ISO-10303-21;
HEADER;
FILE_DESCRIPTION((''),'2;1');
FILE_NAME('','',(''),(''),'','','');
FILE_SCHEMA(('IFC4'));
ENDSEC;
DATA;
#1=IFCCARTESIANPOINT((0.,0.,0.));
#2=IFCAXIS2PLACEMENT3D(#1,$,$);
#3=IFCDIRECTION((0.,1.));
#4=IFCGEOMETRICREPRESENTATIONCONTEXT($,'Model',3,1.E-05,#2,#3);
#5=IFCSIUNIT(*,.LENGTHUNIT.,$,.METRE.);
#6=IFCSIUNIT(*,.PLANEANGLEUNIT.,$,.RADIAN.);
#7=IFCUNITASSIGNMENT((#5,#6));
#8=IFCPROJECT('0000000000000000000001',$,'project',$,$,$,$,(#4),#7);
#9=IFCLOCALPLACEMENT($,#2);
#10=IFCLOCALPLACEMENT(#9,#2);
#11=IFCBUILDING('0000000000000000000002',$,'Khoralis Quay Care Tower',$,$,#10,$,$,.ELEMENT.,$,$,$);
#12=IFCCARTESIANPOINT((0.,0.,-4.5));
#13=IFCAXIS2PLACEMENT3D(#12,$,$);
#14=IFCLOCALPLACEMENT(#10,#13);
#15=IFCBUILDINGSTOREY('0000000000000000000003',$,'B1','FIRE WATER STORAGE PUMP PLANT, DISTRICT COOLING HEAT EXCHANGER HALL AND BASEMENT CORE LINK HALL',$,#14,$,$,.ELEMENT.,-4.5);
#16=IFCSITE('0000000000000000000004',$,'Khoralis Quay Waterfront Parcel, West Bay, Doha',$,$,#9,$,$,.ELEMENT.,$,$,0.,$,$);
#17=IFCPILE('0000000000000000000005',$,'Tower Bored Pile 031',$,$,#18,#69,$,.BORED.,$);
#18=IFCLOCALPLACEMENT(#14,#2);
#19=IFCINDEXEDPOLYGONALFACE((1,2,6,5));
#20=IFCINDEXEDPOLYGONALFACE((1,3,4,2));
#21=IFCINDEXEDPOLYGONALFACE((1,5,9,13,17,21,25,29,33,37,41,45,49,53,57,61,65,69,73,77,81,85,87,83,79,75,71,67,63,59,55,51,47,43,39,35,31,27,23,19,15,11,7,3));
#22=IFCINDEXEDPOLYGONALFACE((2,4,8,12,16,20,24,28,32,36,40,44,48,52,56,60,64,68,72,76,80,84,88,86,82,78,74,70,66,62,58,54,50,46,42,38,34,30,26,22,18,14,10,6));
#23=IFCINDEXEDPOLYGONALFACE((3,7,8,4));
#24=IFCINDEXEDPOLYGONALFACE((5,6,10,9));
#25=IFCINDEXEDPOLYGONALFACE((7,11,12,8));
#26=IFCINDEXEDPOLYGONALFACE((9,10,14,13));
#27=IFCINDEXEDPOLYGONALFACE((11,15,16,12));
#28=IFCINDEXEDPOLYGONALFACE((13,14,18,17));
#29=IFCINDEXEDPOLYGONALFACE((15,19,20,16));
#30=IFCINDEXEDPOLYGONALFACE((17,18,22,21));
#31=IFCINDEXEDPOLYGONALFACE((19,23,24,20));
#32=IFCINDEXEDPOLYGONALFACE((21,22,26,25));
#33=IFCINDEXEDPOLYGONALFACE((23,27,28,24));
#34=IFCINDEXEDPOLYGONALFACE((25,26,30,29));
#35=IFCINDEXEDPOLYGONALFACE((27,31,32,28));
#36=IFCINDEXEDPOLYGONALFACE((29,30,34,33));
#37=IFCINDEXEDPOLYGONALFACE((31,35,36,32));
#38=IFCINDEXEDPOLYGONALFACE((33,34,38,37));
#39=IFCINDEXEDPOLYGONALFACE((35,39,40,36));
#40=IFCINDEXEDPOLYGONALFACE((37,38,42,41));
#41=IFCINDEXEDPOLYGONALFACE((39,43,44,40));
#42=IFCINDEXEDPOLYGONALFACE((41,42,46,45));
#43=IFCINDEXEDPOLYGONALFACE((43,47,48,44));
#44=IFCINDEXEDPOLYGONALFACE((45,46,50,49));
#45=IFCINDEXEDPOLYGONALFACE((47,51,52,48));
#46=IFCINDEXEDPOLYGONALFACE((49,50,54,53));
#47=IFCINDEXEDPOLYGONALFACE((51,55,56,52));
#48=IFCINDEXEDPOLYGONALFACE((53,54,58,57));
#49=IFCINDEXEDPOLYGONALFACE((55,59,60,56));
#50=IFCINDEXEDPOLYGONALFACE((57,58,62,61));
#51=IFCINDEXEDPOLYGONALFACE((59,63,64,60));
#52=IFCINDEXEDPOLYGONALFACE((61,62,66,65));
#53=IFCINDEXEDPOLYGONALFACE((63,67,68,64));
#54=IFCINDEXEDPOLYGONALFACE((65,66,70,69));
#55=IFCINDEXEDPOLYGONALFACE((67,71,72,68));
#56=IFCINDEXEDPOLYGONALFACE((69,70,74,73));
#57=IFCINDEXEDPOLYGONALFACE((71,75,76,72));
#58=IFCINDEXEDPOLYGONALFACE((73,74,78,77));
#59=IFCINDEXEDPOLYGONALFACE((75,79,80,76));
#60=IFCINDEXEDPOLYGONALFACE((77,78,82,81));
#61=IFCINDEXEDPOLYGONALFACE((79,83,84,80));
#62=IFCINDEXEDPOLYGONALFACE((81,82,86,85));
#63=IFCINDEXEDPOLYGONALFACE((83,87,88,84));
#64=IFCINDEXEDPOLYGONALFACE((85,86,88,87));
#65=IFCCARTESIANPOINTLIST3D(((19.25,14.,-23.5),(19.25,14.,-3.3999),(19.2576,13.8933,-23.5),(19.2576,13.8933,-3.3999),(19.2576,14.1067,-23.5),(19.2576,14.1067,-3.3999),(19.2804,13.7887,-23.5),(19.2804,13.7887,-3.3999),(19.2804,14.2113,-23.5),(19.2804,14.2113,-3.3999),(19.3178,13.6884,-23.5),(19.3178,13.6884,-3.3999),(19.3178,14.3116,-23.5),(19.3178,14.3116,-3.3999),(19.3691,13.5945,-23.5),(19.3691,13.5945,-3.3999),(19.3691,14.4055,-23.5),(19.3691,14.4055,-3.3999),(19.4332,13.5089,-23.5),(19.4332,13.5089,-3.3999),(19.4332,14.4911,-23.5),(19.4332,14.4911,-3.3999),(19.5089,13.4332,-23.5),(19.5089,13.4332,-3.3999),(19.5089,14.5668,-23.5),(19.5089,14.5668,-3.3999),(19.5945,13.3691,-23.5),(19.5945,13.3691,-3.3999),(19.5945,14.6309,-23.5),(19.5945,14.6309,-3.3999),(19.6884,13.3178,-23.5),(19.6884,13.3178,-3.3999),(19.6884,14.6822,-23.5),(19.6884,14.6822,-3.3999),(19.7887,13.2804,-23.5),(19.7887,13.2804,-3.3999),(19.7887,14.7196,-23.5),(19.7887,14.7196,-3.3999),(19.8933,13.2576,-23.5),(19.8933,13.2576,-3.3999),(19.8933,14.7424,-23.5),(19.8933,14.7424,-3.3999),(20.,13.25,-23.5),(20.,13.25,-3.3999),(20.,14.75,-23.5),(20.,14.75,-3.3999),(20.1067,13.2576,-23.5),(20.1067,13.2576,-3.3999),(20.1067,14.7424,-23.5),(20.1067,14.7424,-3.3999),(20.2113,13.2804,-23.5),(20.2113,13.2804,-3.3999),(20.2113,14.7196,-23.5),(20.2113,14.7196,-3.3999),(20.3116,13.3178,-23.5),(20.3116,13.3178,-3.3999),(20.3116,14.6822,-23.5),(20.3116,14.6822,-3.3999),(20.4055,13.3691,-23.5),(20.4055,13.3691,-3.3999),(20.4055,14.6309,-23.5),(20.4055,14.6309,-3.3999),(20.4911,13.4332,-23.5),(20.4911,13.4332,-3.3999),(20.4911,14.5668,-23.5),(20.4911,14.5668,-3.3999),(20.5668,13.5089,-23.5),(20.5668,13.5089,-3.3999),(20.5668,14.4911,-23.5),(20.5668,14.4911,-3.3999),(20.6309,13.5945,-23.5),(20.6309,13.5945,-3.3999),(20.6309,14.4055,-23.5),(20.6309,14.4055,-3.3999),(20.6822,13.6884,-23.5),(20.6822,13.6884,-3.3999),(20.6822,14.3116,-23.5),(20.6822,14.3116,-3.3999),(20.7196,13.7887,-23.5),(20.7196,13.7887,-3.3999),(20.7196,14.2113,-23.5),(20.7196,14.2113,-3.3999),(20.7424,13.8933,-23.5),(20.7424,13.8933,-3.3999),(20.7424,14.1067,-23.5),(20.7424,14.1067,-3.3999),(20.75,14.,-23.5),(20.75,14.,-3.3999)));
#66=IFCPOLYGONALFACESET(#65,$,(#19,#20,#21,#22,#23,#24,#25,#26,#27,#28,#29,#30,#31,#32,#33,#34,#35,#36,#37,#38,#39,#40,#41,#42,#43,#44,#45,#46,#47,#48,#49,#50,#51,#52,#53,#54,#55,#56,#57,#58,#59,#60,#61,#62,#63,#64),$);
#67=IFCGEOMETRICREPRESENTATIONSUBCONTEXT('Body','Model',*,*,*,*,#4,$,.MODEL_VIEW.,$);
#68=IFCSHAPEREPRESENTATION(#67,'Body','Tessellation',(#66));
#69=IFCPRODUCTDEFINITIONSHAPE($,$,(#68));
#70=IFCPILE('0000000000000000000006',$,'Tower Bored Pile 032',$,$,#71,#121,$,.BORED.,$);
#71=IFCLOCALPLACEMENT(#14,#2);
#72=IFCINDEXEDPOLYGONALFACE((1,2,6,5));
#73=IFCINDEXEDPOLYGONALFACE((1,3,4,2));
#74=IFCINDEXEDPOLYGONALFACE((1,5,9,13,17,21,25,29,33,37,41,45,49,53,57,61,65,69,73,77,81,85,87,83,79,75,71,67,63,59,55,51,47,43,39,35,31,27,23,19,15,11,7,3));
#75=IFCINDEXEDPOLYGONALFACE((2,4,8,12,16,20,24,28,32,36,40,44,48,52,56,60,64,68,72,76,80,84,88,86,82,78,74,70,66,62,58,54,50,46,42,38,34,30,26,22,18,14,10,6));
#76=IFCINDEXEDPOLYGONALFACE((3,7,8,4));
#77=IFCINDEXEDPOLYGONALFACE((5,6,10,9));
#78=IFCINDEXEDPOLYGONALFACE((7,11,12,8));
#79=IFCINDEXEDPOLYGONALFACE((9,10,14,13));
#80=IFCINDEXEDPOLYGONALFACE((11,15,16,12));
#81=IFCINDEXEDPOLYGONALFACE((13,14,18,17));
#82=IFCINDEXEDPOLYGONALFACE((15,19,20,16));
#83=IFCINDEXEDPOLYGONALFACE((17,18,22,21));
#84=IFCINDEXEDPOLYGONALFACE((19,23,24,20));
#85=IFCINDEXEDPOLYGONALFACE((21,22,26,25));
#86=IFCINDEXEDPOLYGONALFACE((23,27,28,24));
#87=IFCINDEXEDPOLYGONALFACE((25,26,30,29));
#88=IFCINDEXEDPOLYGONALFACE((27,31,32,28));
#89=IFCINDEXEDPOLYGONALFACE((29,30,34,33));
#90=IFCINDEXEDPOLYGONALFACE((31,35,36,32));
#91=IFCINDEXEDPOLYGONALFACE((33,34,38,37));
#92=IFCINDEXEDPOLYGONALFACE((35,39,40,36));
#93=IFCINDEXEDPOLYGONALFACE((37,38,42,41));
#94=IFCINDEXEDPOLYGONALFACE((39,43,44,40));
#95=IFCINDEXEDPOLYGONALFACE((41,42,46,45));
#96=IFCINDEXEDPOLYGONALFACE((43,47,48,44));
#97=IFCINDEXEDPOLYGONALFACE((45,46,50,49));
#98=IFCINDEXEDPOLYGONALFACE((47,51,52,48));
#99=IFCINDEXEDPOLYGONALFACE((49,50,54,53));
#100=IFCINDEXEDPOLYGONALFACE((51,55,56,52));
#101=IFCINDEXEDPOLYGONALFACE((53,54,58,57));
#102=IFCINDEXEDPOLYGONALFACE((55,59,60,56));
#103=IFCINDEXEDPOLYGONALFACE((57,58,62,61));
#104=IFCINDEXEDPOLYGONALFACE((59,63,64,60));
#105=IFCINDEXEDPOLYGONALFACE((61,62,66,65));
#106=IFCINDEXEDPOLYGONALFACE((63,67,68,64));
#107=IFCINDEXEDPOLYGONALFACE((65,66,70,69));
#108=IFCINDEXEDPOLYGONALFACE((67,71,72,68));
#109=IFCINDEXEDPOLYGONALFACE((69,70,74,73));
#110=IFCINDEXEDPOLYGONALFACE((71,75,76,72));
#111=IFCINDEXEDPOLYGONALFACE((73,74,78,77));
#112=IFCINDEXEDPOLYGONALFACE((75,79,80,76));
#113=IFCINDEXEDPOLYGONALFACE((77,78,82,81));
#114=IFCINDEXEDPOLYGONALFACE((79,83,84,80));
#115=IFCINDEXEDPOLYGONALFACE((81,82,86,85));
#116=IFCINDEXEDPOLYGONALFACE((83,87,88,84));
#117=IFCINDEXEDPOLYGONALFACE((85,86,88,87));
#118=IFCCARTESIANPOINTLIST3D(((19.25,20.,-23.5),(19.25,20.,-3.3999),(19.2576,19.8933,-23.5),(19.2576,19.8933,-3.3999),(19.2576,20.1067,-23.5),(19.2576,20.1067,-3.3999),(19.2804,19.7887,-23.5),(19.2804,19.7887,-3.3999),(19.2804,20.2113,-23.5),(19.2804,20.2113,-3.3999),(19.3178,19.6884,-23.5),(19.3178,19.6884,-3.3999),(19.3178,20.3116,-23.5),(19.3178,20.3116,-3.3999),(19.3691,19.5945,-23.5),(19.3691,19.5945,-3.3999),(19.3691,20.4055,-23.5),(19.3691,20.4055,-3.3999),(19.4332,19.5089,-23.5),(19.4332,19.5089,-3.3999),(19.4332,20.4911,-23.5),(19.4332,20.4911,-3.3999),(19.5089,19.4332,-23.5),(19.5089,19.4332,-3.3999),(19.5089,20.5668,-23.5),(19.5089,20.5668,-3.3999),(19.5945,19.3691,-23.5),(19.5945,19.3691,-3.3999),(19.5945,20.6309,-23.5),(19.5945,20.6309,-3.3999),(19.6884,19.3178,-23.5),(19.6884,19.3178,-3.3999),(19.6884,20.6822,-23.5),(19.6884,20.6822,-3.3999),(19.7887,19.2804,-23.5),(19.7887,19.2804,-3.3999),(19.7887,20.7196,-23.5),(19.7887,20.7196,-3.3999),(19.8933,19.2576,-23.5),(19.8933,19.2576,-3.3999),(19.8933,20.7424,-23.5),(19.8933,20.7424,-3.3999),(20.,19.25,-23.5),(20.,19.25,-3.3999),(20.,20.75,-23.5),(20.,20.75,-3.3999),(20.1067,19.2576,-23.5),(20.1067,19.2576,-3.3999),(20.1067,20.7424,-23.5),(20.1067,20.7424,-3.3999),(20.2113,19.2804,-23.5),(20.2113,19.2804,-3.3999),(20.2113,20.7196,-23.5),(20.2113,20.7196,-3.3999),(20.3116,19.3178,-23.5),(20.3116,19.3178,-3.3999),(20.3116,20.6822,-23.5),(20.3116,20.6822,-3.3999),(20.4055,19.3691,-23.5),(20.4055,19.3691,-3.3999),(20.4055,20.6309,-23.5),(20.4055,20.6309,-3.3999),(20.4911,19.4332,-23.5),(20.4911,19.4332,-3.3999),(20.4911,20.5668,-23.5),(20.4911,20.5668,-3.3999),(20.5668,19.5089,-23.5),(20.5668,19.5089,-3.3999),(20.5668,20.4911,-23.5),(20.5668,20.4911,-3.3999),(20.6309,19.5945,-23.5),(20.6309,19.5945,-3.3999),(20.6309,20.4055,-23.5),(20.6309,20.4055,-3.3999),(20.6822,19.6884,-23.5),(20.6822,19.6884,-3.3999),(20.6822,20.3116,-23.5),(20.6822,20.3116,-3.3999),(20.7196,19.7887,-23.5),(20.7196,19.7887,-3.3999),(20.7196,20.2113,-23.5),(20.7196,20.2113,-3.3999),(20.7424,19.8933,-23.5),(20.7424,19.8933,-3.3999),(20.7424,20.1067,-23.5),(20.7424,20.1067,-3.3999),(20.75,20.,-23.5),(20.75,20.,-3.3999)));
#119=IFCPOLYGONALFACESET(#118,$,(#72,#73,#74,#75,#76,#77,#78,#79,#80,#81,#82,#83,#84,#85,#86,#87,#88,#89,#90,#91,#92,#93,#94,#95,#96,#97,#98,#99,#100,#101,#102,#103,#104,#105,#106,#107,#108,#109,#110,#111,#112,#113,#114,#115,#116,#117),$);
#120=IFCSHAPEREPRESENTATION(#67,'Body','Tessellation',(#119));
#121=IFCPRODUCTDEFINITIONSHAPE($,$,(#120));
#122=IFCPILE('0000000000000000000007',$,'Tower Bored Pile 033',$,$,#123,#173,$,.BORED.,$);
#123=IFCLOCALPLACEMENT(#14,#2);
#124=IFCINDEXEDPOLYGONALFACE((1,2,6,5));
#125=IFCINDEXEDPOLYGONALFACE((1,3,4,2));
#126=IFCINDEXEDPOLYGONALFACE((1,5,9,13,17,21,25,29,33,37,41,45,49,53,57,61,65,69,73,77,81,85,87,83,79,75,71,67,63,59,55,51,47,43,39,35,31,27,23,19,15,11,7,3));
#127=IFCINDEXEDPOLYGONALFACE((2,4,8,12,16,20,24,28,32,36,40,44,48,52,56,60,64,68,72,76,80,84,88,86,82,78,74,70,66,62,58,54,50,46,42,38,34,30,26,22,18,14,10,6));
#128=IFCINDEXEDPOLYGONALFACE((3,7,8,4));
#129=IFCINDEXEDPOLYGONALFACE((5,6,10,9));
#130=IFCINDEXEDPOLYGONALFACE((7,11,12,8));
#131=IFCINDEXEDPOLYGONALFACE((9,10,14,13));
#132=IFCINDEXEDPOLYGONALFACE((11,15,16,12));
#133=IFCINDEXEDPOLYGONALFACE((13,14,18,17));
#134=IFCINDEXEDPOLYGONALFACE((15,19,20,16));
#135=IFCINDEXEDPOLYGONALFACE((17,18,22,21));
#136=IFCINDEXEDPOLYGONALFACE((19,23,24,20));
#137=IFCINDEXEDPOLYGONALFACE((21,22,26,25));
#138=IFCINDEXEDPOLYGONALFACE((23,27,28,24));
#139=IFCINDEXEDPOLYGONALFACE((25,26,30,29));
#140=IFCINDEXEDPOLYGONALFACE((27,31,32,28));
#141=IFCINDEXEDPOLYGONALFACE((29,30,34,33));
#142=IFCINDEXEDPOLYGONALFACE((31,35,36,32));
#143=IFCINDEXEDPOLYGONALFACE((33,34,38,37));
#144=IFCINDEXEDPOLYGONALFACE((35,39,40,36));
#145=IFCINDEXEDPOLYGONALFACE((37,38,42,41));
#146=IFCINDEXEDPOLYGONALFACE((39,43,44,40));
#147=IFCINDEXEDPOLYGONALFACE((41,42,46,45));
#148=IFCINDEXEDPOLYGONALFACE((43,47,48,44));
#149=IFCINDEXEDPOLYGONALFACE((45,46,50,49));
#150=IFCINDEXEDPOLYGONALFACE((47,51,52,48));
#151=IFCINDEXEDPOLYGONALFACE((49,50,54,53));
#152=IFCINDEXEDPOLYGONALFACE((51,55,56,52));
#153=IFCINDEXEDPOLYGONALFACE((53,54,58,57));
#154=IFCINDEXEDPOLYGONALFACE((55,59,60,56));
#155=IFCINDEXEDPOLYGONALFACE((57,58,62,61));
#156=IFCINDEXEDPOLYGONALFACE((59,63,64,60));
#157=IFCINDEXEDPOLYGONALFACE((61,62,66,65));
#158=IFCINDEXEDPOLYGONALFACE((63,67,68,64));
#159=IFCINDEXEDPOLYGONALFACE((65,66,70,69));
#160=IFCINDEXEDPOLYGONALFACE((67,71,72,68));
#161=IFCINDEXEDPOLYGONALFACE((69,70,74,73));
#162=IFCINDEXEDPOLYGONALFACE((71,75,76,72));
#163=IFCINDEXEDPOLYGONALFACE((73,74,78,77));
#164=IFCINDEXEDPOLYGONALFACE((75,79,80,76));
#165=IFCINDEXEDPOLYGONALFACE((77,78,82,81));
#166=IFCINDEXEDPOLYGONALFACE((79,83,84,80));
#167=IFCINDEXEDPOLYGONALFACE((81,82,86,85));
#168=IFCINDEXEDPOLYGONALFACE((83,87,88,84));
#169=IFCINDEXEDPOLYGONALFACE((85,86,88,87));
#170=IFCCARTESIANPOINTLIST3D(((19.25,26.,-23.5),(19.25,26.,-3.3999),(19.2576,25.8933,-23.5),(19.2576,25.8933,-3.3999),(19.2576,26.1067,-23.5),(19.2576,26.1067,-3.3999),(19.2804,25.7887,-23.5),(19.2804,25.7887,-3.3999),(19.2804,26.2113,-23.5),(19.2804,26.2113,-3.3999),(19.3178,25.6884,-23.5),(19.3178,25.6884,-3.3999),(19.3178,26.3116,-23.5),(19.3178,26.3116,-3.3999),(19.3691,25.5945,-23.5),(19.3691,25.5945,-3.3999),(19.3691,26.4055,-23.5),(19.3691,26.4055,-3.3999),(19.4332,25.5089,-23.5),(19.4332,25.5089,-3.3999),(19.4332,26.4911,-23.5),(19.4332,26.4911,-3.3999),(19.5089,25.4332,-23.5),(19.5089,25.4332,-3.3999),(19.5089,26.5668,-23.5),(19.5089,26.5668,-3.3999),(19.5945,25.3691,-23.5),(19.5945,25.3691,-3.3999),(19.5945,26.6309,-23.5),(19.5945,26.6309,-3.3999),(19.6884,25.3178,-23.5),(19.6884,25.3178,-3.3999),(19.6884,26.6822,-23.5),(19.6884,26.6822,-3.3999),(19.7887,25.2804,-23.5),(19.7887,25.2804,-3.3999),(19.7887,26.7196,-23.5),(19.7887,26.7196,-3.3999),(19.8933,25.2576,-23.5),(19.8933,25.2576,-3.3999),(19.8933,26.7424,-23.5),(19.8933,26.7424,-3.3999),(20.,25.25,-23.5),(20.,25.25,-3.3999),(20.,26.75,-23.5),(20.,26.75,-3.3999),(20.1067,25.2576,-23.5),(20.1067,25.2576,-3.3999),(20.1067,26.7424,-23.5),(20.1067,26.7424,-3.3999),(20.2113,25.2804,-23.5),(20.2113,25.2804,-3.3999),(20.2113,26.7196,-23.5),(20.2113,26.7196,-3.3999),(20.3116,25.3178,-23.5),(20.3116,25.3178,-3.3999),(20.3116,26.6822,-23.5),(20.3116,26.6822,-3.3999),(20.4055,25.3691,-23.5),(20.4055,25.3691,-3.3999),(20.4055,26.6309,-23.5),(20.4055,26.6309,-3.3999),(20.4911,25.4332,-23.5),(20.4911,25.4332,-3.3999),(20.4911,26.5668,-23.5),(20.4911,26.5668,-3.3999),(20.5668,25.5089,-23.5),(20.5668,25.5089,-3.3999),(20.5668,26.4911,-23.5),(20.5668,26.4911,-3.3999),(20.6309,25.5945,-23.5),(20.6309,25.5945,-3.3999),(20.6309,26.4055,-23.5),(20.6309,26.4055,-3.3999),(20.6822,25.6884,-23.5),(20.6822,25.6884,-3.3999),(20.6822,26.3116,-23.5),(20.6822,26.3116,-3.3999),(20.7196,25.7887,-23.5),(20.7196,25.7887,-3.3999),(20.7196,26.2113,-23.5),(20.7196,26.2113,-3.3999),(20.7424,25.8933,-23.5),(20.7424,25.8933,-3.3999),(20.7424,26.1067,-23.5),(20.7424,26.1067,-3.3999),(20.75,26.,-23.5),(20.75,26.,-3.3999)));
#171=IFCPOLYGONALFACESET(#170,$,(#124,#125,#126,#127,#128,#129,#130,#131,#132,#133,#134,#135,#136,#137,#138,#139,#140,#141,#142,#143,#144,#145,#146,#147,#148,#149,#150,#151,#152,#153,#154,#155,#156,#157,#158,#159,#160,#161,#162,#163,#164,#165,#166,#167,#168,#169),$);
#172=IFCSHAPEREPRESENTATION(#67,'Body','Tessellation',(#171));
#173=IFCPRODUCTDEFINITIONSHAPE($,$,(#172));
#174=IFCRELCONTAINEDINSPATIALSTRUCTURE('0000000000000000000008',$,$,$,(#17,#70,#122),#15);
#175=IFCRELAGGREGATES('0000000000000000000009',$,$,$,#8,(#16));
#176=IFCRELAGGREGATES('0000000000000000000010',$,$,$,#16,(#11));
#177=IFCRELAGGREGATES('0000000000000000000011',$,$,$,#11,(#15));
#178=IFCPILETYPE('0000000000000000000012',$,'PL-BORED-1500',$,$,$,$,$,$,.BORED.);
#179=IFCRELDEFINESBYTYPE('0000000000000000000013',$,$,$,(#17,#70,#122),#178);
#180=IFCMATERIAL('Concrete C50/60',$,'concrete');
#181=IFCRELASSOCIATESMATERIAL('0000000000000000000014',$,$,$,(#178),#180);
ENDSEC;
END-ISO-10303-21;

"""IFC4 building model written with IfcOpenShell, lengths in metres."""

from ifc_helpers import new_model, si_unit, direction, frame, origin, origin_2d, place, context, subcontext, project, spatial, circle, extrude, source, transform, mapped, material, material_profile, profile_set, type_object, element, save


model = new_model("IFC4")

# Units and contexts
model_context = context("Model", 3, precision=1e-05, world=origin(), true_north=direction((0.0, 1.0)))
body_context = subcontext(model_context, "Body", "Model", "MODEL_VIEW")
ifc_project = project(units=[si_unit("LENGTHUNIT", "METRE"), si_unit("PLANEANGLEUNIT", "RADIAN")], contexts=[model_context])

# Site, building, storey
site_placement = place(None, origin())
site = spatial("IfcSite", under=ifc_project, at=site_placement, Name="Khoralis Quay Waterfront Parcel, West Bay, Doha", CompositionType="ELEMENT", RefElevation=0.0)
building_placement = place(site_placement, origin())
building = spatial("IfcBuilding", under=site, at=building_placement, Name="Khoralis Quay Care Tower", CompositionType="ELEMENT")
storey_placement = place(building_placement, frame((0.0, 0.0, -4.5)))
storey = spatial("IfcBuildingStorey", under=building, at=storey_placement, Name="B1", Description="FIRE WATER STORAGE PUMP PLANT, DISTRICT COOLING HEAT EXCHANGER HALL AND BASEMENT CORE LINK HALL", CompositionType="ELEMENT", Elevation=-4.5)

# Shared definitions
ifc_material_1 = material(Name="Concrete C50/60", Category="concrete")

# Piles
ifc_material_profile_1 = material_profile(ifc_material_1, circle(Radius=0.75, at=origin_2d()), Name="Concrete C50/60")
ifc_profile_set_1 = profile_set([ifc_material_profile_1], Name="Concrete C50/60")
pile_type = type_object("IfcPileType", Name="PL-BORED-1500", PredefinedType="BORED", material=ifc_profile_set_1)
shared_shape_1 = source(origin(), body_context, "Body", "SweptSolid", [
    extrude(circle(Radius=0.75, at=origin_2d()), origin(), (0.0, 0.0, 1.0), 20.1001),
])
for number, where, z_axis, x_axis, name in (
    (1, (20.0, 14.0, -3.3999), (0.0, 0.0, -1.0), (1.0, 0.0, 0.0), "Tower Bored Pile 031"),
    (2, (20.0, 20.0, -3.3999), (0.0, 0.0, -1.0), (1.0, 0.0, 0.0), "Tower Bored Pile 032"),
    (3, (20.0, 26.0, -3.3999), (0.0, 0.0, -1.0), (1.0, 0.0, 0.0), "Tower Bored Pile 033"),
):
    element("IfcPile", number, at=place(storey_placement, frame(where, z_axis=z_axis, x_axis=x_axis)), inside=storey, type_object=pile_type, Name=name, PredefinedType="BORED", context=body_context, shape_type="MappedRepresentation", body=[
        mapped(shared_shape_1, transform((0.0, 0.0, 0.0), scale=1.0)),
    ])

save(model, "model.ifc")
